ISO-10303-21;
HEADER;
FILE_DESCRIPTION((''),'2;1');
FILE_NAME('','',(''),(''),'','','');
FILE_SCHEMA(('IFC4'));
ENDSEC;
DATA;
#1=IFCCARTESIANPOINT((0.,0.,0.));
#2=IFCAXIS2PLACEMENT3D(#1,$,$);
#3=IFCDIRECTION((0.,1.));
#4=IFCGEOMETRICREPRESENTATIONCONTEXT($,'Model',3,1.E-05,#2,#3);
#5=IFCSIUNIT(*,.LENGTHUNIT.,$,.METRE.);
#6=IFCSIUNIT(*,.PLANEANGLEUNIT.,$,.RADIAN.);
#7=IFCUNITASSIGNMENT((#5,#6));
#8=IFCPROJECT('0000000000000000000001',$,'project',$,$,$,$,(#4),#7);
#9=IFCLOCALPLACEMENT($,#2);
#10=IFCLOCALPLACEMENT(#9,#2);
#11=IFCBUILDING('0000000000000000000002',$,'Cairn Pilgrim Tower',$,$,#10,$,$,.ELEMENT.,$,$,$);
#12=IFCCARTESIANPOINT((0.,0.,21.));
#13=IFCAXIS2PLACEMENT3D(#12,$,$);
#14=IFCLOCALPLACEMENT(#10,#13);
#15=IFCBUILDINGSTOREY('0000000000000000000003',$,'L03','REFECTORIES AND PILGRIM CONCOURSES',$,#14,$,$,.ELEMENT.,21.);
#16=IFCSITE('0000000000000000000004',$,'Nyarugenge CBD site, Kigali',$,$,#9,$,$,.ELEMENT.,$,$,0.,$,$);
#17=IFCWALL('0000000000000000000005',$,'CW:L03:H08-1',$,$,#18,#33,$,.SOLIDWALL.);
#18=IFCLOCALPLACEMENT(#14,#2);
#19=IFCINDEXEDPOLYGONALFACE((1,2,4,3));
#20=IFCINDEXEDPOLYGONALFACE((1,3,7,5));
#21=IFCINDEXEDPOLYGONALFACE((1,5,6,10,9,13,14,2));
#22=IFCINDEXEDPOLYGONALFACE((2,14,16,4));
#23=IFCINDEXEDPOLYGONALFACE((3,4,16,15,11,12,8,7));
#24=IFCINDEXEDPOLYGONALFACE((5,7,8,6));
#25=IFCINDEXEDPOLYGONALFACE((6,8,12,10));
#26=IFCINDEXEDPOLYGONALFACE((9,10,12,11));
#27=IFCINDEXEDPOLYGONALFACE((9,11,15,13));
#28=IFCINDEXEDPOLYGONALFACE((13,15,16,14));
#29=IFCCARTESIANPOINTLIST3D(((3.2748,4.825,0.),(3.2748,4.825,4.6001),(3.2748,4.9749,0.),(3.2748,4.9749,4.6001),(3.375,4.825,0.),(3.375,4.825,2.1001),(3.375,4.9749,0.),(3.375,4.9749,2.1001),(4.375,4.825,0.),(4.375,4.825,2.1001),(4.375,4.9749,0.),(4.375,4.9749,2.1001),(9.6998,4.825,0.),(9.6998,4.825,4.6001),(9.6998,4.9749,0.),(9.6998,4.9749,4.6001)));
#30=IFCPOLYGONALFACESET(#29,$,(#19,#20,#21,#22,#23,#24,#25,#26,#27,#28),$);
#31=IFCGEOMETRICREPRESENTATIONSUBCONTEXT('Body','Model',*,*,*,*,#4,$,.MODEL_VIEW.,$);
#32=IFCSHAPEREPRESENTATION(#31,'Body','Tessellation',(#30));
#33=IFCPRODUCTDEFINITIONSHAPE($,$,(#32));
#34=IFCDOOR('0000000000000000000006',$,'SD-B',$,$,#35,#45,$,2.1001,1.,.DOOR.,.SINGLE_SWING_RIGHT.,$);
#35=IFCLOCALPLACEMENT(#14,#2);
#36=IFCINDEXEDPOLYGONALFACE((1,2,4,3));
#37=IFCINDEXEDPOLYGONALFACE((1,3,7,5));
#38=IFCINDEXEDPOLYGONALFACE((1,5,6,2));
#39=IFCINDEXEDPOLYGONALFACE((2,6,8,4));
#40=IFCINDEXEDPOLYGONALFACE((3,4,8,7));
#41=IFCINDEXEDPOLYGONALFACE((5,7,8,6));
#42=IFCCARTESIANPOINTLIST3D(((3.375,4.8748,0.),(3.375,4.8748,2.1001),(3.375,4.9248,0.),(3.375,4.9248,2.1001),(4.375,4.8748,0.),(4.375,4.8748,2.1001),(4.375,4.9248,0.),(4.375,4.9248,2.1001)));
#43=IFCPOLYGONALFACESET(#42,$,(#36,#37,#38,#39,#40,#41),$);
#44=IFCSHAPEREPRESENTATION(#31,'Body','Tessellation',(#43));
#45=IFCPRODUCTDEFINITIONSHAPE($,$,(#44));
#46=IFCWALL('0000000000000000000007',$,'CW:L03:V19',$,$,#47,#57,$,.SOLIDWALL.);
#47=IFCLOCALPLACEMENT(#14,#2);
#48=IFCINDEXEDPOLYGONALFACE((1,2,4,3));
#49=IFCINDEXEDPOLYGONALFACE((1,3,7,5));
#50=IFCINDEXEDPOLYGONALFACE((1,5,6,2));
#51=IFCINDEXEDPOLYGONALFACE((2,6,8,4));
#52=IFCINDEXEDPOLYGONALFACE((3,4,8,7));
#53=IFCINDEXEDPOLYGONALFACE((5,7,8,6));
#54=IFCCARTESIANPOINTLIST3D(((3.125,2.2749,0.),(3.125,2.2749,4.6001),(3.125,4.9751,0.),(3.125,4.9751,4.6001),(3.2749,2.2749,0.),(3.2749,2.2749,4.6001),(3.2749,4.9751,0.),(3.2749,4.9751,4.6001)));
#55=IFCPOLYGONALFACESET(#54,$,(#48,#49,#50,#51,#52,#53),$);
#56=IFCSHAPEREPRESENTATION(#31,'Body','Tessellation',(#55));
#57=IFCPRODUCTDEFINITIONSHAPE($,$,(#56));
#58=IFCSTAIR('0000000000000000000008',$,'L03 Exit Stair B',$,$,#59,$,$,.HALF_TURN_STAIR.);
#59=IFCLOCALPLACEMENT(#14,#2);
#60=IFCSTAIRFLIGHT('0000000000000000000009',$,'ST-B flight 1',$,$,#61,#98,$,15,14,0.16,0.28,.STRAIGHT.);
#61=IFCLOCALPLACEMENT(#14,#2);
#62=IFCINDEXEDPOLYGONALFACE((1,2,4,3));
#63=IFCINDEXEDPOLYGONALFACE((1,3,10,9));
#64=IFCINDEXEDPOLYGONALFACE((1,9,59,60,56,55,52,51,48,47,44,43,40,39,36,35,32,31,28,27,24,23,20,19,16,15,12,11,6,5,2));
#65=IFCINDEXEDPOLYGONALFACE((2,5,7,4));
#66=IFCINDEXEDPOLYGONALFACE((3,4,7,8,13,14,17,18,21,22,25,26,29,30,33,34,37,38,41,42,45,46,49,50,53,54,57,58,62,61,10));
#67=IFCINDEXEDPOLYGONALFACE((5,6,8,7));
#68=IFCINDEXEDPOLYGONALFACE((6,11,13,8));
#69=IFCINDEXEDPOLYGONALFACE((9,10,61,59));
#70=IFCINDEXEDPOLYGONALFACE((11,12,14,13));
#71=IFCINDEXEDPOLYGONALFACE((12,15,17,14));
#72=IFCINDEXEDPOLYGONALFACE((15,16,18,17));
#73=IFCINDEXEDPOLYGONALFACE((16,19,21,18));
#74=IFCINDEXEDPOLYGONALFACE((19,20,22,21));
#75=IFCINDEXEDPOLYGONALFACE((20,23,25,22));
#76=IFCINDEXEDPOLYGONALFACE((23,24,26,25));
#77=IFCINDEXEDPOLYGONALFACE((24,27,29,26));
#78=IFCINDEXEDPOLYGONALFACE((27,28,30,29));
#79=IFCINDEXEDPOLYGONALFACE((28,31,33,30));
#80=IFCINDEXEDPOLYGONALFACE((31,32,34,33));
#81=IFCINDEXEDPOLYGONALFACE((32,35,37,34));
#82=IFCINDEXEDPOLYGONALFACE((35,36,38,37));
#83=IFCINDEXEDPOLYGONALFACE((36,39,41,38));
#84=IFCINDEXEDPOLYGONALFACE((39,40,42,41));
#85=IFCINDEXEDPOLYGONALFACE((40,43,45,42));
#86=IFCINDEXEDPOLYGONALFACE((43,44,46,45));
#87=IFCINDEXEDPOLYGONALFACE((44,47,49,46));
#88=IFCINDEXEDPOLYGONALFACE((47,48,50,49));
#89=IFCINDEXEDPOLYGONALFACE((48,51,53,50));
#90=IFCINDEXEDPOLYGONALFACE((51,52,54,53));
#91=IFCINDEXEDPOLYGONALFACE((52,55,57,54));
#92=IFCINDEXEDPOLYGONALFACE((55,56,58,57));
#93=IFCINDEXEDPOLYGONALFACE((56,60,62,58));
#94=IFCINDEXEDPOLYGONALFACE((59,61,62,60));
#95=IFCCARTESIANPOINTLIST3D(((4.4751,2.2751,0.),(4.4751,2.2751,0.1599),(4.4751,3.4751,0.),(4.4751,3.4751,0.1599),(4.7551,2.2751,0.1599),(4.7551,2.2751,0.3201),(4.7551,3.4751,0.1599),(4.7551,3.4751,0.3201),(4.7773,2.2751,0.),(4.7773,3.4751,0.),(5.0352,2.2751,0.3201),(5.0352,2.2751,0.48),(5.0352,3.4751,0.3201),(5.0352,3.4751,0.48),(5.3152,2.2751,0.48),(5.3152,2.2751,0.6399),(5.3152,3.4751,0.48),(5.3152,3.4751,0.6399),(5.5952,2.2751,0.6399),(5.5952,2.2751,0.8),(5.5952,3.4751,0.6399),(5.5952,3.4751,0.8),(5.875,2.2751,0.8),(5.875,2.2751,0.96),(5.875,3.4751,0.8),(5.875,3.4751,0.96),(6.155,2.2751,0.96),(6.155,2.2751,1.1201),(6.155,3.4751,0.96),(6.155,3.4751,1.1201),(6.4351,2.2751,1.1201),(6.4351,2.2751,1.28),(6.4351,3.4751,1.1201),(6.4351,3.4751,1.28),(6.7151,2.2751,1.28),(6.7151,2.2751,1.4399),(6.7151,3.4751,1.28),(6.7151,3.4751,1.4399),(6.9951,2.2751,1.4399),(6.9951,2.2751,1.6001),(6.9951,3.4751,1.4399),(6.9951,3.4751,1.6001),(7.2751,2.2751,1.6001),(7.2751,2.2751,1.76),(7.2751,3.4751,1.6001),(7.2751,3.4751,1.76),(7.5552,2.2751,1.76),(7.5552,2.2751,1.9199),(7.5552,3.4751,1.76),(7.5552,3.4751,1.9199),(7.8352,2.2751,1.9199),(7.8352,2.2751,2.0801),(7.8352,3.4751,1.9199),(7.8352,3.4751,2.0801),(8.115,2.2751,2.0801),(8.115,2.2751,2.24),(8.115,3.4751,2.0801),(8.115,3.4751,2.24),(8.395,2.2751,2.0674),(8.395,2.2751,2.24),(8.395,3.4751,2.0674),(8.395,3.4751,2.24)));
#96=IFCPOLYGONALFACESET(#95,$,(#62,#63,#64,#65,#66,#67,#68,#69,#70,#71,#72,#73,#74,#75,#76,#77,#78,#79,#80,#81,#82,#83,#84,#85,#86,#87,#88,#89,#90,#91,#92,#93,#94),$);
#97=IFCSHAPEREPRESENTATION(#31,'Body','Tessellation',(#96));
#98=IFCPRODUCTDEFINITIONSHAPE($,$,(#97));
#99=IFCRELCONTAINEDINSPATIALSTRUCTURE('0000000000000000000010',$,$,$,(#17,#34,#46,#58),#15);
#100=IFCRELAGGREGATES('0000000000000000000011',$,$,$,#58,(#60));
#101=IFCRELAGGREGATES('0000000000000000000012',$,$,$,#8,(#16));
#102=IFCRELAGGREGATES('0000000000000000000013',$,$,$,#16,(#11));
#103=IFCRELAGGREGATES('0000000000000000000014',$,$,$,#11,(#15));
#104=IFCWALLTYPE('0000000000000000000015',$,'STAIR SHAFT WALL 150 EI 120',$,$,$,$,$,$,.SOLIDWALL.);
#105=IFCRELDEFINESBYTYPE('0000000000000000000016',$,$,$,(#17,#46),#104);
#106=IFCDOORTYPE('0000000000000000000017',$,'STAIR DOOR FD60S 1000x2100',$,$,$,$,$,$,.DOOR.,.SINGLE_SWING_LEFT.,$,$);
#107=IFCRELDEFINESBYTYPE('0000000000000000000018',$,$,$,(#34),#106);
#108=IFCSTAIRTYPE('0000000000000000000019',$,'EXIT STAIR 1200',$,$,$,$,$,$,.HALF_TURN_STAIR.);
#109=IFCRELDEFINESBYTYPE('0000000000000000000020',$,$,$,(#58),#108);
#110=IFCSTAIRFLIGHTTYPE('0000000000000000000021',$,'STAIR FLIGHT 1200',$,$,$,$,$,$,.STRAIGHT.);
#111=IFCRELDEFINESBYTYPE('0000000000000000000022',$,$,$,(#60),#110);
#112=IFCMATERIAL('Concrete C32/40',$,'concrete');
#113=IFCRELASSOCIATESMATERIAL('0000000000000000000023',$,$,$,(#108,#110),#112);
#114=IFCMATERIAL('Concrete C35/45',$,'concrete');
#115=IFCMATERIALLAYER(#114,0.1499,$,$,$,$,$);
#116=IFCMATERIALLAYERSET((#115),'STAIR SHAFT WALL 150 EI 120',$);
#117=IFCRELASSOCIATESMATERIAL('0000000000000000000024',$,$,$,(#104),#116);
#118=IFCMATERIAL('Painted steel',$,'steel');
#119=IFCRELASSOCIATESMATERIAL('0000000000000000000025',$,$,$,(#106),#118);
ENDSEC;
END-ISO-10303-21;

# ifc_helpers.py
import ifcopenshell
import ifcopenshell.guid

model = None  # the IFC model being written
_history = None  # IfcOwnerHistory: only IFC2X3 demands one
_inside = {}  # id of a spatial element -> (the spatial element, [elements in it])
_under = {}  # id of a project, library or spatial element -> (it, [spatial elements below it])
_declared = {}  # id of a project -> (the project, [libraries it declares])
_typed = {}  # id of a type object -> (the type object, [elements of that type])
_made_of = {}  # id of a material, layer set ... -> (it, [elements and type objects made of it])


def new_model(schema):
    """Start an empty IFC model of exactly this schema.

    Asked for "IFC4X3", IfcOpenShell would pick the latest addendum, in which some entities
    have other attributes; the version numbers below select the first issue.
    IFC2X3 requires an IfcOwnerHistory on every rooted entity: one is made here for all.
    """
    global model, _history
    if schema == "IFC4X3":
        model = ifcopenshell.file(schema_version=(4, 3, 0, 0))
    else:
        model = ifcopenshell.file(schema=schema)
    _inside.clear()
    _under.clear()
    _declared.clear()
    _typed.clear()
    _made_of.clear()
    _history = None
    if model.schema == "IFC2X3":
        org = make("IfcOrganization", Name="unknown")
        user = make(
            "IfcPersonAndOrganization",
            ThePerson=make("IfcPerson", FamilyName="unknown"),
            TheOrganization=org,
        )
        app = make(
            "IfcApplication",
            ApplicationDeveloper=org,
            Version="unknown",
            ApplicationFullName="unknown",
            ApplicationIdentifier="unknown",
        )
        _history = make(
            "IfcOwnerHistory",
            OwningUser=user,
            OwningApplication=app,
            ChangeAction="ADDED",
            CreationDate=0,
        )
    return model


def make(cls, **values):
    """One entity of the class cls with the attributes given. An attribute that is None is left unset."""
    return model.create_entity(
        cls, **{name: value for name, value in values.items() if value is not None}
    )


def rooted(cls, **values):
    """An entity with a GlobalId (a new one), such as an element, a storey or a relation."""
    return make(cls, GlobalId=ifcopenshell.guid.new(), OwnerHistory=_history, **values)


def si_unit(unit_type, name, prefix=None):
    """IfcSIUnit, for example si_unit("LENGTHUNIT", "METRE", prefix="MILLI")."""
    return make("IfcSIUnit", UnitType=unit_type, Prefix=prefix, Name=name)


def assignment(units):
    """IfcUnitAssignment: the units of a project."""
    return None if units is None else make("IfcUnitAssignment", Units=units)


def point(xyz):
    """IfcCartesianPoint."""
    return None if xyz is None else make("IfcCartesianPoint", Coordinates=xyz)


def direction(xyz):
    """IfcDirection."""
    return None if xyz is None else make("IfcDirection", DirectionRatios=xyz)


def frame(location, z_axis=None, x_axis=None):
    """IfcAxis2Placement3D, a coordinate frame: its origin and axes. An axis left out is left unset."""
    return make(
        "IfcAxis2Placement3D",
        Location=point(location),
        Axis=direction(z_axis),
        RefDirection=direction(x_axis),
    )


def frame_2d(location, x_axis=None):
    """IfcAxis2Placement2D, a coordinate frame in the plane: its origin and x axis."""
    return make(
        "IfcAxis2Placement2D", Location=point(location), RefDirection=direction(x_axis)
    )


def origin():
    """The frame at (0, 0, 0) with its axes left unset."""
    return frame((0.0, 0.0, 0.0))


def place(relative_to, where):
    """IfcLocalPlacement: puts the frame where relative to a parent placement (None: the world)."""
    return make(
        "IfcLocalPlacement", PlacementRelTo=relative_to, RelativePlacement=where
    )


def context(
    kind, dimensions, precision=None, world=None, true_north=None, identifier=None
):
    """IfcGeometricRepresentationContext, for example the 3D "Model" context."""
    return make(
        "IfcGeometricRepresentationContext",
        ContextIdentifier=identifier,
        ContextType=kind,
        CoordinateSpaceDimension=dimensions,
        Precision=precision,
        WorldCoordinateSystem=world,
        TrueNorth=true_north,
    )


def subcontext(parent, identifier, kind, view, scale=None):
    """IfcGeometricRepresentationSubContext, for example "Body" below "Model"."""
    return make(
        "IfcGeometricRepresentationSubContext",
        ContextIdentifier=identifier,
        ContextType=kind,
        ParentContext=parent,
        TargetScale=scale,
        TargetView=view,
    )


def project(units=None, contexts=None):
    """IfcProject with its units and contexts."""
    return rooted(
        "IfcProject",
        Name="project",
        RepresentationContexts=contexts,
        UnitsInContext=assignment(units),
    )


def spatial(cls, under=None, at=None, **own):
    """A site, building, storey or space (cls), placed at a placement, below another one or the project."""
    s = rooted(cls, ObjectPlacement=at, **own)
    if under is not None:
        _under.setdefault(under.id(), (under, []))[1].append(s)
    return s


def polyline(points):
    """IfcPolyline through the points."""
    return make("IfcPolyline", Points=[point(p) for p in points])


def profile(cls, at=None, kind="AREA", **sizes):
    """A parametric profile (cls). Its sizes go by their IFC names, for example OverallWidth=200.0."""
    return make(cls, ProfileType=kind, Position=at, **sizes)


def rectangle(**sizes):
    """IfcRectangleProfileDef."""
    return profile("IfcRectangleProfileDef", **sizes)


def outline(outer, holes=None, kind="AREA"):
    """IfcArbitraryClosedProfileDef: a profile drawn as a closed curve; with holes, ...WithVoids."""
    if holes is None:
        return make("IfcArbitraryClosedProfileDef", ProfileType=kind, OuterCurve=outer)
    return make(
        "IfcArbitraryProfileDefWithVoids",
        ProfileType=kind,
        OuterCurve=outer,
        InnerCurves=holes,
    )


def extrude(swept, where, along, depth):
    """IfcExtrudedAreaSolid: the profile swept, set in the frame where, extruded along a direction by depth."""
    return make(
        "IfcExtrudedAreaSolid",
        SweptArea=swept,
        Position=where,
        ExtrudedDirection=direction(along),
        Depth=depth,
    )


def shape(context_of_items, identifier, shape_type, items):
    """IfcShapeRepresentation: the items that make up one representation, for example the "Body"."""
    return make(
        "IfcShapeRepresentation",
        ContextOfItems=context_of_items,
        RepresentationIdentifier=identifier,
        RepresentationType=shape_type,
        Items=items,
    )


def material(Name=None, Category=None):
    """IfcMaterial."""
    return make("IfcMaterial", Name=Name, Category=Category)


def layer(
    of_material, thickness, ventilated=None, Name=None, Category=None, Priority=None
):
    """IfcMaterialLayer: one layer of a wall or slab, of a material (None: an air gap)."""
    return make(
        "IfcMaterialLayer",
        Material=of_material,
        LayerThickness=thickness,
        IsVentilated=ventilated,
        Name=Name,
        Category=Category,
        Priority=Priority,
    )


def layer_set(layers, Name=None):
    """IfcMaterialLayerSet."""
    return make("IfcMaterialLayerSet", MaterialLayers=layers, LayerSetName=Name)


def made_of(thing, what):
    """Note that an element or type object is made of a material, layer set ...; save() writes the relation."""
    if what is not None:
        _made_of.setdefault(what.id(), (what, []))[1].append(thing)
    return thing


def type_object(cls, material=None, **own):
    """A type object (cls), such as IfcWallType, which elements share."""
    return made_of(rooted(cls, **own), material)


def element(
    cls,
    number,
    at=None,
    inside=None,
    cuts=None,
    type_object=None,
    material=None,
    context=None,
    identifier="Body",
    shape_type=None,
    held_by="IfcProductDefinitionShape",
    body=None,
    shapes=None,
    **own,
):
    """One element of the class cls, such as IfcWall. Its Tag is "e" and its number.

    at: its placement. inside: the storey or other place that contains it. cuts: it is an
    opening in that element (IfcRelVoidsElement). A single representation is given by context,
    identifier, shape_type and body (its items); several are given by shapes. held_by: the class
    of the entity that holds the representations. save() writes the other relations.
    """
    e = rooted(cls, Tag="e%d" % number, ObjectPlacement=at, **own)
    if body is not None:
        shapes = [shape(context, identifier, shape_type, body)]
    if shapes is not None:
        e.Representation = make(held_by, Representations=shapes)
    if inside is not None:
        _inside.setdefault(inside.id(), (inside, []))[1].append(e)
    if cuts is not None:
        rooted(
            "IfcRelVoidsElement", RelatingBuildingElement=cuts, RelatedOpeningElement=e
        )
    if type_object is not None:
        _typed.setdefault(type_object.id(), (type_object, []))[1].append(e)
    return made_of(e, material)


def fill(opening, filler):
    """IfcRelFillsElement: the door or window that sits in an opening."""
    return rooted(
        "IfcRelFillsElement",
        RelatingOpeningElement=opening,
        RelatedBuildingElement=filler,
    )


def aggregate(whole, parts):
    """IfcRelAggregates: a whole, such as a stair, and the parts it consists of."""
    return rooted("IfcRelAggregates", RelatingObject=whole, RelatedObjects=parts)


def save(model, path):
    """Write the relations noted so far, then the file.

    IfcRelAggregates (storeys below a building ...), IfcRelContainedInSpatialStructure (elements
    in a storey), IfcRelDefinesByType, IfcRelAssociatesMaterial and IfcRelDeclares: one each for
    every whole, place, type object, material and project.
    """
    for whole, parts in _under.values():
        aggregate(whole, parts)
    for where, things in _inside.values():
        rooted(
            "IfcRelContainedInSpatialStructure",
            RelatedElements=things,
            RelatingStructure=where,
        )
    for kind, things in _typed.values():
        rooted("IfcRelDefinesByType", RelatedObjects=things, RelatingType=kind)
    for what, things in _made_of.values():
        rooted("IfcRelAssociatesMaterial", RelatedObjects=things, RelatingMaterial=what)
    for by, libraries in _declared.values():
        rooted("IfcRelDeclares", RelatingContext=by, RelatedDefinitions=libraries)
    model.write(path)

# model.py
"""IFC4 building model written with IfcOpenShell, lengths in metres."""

from ifc_helpers import new_model, si_unit, direction, frame, frame_2d, origin, place, context, subcontext, project, spatial, polyline, rectangle, outline, extrude, material, layer, layer_set, type_object, element, fill, aggregate, save


model = new_model("IFC4")

# Units and contexts
model_context = context("Model", 3, precision=1e-05, world=origin(), true_north=direction((0.0, 1.0)))
body_context = subcontext(model_context, "Body", "Model", "MODEL_VIEW")
ifc_project = project(units=[si_unit("LENGTHUNIT", "METRE"), si_unit("PLANEANGLEUNIT", "RADIAN")], contexts=[model_context])

# Site, building, storey
site_placement = place(None, origin())
site = spatial("IfcSite", under=ifc_project, at=site_placement, Name="Nyarugenge CBD site, Kigali", CompositionType="ELEMENT", RefElevation=0.0)
building_placement = place(site_placement, origin())
building = spatial("IfcBuilding", under=site, at=building_placement, Name="Cairn Pilgrim Tower", CompositionType="ELEMENT")
storey_placement = place(building_placement, frame((0.0, 0.0, 21.0)))
storey = spatial("IfcBuildingStorey", under=building, at=storey_placement, Name="L03", Description="REFECTORIES AND PILGRIM CONCOURSES", CompositionType="ELEMENT", Elevation=21.0)

# Shared definitions
ifc_material_1 = material(Name="Concrete C32/40", Category="concrete")
stair_type = type_object("IfcStairType", Name="EXIT STAIR 1200", PredefinedType="HALF_TURN_STAIR", material=ifc_material_1)

# Shared definitions
ifc_material_2 = material(Name="Painted steel", Category="steel")

# Shared definitions
ifc_material_3 = material(Name="Concrete C35/45", Category="concrete")
ifc_layer_1 = layer(ifc_material_3, 0.1499)
ifc_layer_set_1 = layer_set([ifc_layer_1], Name="STAIR SHAFT WALL 150 EI 120")
wall_type_1 = type_object("IfcWallType", Name="STAIR SHAFT WALL 150 EI 120", PredefinedType="SOLIDWALL", material=ifc_layer_set_1)

# Wall, opening, door
wall_1_placement = place(storey_placement, frame((3.2749, 4.8999, 0.0), z_axis=(0.0, 0.0, 1.0), x_axis=(1.0, 0.0, 0.0)))
wall_1 = element("IfcWall", 1, at=wall_1_placement, inside=storey, type_object=wall_type_1, Name="CW:L03:H08-1", PredefinedType="SOLIDWALL", context=body_context, shape_type="SweptSolid", body=[
    extrude(rectangle(XDim=6.425, YDim=0.1499, at=frame_2d((3.2124, 0.0))), origin(), (0.0, 0.0, 1.0), 4.6001),
])
opening_1_placement = place(wall_1_placement, frame((0.1001, 0.0, 0.0)))
opening_1 = element("IfcOpeningElement", 2, at=opening_1_placement, cuts=wall_1, PredefinedType="OPENING", context=body_context, shape_type="SweptSolid", body=[
    extrude(rectangle(XDim=1.0, YDim=2.1001, at=frame_2d((0.5, 1.05))), frame((0.0, 0.085, 0.0), z_axis=(0.0, -1.0, 0.0), x_axis=(1.0, 0.0, 0.0)), (0.0, 0.0, 1.0), 0.1699),
])
door_type_1 = type_object("IfcDoorType", Name="STAIR DOOR FD60S 1000x2100", OperationType="SINGLE_SWING_LEFT", PredefinedType="DOOR", material=ifc_material_2)
door_1_placement = place(opening_1_placement, origin())
door_1 = element("IfcDoor", 3, at=door_1_placement, inside=storey, type_object=door_type_1, Name="SD-B", OperationType="SINGLE_SWING_RIGHT", OverallHeight=2.1001, OverallWidth=1.0, PredefinedType="DOOR", context=body_context, shape_type="SweptSolid", body=[
    extrude(rectangle(XDim=1.0, YDim=2.1001, at=frame_2d((0.5, 1.05))), frame((0.0, 0.0249, 0.0), z_axis=(0.0, -1.0, 0.0), x_axis=(1.0, 0.0, 0.0)), (0.0, 0.0, 1.0), 0.05),
])
fill(opening_1, door_1)

# Wall
wall_2_placement = place(storey_placement, frame((3.2, 2.2749, 0.0), z_axis=(0.0, 0.0, 1.0), x_axis=(0.0, 1.0, 0.0)))
element("IfcWall", 4, at=wall_2_placement, inside=storey, type_object=wall_type_1, Name="CW:L03:V19", PredefinedType="SOLIDWALL", context=body_context, shape_type="SweptSolid", body=[
    extrude(rectangle(XDim=2.7002, YDim=0.1499, at=frame_2d((1.3501, 0.0))), origin(), (0.0, 0.0, 1.0), 4.6001),
])

# Stair, stair flight
stair_1_placement = place(storey_placement, origin())
stair_1 = element("IfcStair", 5, at=stair_1_placement, inside=storey, type_object=stair_type, Name="L03 Exit Stair B", PredefinedType="HALF_TURN_STAIR")
stair_flight_type = type_object("IfcStairFlightType", Name="STAIR FLIGHT 1200", PredefinedType="STRAIGHT", material=ifc_material_1)
stair_flight_placement = place(storey_placement, frame((4.4751, 2.875, 0.0), z_axis=(0.0, 0.0, 1.0), x_axis=(1.0, 0.0, 0.0)))
stair_flight = element("IfcStairFlight", 6, at=stair_flight_placement, type_object=stair_flight_type, Name="ST-B flight 1", NumberOfRisers=15, NumberOfTreads=14, PredefinedType="STRAIGHT", RiserHeight=0.16, TreadLength=0.28, context=body_context, shape_type="SweptSolid", body=[
    extrude(outline(polyline([(0.0, 0.0), (0.0, 0.1599), (0.28, 0.1599), (0.28, 0.3201), (0.5601, 0.3201), (0.5601, 0.48), (0.8401, 0.48), (0.8401, 0.6399), (1.1201, 0.6399), (1.1201, 0.8), (1.3999, 0.8), (1.3999, 0.96), (1.6799, 0.96), (1.6799, 1.1201), (1.96, 1.1201), (1.96, 1.28), (2.24, 1.28), (2.24, 1.4399), (2.52, 1.4399), (2.52, 1.6001), (2.8, 1.6001), (2.8, 1.76), (3.0801, 1.76), (3.0801, 1.9199), (3.3601, 1.9199), (3.3601, 2.0801), (3.6399, 2.0801), (3.6399, 2.24), (3.9199, 2.24), (3.9199, 2.3999), (3.9199, 2.0674), (0.3022, 0.0), (0.0, 0.0)])), frame((0.0, 0.6001, 0.0), z_axis=(0.0, -1.0, 0.0), x_axis=(1.0, 0.0, 0.0)), (0.0, 0.0, 1.0), 1.2),
])
aggregate(stair_1, [stair_flight])

save(model, "model.ifc")
